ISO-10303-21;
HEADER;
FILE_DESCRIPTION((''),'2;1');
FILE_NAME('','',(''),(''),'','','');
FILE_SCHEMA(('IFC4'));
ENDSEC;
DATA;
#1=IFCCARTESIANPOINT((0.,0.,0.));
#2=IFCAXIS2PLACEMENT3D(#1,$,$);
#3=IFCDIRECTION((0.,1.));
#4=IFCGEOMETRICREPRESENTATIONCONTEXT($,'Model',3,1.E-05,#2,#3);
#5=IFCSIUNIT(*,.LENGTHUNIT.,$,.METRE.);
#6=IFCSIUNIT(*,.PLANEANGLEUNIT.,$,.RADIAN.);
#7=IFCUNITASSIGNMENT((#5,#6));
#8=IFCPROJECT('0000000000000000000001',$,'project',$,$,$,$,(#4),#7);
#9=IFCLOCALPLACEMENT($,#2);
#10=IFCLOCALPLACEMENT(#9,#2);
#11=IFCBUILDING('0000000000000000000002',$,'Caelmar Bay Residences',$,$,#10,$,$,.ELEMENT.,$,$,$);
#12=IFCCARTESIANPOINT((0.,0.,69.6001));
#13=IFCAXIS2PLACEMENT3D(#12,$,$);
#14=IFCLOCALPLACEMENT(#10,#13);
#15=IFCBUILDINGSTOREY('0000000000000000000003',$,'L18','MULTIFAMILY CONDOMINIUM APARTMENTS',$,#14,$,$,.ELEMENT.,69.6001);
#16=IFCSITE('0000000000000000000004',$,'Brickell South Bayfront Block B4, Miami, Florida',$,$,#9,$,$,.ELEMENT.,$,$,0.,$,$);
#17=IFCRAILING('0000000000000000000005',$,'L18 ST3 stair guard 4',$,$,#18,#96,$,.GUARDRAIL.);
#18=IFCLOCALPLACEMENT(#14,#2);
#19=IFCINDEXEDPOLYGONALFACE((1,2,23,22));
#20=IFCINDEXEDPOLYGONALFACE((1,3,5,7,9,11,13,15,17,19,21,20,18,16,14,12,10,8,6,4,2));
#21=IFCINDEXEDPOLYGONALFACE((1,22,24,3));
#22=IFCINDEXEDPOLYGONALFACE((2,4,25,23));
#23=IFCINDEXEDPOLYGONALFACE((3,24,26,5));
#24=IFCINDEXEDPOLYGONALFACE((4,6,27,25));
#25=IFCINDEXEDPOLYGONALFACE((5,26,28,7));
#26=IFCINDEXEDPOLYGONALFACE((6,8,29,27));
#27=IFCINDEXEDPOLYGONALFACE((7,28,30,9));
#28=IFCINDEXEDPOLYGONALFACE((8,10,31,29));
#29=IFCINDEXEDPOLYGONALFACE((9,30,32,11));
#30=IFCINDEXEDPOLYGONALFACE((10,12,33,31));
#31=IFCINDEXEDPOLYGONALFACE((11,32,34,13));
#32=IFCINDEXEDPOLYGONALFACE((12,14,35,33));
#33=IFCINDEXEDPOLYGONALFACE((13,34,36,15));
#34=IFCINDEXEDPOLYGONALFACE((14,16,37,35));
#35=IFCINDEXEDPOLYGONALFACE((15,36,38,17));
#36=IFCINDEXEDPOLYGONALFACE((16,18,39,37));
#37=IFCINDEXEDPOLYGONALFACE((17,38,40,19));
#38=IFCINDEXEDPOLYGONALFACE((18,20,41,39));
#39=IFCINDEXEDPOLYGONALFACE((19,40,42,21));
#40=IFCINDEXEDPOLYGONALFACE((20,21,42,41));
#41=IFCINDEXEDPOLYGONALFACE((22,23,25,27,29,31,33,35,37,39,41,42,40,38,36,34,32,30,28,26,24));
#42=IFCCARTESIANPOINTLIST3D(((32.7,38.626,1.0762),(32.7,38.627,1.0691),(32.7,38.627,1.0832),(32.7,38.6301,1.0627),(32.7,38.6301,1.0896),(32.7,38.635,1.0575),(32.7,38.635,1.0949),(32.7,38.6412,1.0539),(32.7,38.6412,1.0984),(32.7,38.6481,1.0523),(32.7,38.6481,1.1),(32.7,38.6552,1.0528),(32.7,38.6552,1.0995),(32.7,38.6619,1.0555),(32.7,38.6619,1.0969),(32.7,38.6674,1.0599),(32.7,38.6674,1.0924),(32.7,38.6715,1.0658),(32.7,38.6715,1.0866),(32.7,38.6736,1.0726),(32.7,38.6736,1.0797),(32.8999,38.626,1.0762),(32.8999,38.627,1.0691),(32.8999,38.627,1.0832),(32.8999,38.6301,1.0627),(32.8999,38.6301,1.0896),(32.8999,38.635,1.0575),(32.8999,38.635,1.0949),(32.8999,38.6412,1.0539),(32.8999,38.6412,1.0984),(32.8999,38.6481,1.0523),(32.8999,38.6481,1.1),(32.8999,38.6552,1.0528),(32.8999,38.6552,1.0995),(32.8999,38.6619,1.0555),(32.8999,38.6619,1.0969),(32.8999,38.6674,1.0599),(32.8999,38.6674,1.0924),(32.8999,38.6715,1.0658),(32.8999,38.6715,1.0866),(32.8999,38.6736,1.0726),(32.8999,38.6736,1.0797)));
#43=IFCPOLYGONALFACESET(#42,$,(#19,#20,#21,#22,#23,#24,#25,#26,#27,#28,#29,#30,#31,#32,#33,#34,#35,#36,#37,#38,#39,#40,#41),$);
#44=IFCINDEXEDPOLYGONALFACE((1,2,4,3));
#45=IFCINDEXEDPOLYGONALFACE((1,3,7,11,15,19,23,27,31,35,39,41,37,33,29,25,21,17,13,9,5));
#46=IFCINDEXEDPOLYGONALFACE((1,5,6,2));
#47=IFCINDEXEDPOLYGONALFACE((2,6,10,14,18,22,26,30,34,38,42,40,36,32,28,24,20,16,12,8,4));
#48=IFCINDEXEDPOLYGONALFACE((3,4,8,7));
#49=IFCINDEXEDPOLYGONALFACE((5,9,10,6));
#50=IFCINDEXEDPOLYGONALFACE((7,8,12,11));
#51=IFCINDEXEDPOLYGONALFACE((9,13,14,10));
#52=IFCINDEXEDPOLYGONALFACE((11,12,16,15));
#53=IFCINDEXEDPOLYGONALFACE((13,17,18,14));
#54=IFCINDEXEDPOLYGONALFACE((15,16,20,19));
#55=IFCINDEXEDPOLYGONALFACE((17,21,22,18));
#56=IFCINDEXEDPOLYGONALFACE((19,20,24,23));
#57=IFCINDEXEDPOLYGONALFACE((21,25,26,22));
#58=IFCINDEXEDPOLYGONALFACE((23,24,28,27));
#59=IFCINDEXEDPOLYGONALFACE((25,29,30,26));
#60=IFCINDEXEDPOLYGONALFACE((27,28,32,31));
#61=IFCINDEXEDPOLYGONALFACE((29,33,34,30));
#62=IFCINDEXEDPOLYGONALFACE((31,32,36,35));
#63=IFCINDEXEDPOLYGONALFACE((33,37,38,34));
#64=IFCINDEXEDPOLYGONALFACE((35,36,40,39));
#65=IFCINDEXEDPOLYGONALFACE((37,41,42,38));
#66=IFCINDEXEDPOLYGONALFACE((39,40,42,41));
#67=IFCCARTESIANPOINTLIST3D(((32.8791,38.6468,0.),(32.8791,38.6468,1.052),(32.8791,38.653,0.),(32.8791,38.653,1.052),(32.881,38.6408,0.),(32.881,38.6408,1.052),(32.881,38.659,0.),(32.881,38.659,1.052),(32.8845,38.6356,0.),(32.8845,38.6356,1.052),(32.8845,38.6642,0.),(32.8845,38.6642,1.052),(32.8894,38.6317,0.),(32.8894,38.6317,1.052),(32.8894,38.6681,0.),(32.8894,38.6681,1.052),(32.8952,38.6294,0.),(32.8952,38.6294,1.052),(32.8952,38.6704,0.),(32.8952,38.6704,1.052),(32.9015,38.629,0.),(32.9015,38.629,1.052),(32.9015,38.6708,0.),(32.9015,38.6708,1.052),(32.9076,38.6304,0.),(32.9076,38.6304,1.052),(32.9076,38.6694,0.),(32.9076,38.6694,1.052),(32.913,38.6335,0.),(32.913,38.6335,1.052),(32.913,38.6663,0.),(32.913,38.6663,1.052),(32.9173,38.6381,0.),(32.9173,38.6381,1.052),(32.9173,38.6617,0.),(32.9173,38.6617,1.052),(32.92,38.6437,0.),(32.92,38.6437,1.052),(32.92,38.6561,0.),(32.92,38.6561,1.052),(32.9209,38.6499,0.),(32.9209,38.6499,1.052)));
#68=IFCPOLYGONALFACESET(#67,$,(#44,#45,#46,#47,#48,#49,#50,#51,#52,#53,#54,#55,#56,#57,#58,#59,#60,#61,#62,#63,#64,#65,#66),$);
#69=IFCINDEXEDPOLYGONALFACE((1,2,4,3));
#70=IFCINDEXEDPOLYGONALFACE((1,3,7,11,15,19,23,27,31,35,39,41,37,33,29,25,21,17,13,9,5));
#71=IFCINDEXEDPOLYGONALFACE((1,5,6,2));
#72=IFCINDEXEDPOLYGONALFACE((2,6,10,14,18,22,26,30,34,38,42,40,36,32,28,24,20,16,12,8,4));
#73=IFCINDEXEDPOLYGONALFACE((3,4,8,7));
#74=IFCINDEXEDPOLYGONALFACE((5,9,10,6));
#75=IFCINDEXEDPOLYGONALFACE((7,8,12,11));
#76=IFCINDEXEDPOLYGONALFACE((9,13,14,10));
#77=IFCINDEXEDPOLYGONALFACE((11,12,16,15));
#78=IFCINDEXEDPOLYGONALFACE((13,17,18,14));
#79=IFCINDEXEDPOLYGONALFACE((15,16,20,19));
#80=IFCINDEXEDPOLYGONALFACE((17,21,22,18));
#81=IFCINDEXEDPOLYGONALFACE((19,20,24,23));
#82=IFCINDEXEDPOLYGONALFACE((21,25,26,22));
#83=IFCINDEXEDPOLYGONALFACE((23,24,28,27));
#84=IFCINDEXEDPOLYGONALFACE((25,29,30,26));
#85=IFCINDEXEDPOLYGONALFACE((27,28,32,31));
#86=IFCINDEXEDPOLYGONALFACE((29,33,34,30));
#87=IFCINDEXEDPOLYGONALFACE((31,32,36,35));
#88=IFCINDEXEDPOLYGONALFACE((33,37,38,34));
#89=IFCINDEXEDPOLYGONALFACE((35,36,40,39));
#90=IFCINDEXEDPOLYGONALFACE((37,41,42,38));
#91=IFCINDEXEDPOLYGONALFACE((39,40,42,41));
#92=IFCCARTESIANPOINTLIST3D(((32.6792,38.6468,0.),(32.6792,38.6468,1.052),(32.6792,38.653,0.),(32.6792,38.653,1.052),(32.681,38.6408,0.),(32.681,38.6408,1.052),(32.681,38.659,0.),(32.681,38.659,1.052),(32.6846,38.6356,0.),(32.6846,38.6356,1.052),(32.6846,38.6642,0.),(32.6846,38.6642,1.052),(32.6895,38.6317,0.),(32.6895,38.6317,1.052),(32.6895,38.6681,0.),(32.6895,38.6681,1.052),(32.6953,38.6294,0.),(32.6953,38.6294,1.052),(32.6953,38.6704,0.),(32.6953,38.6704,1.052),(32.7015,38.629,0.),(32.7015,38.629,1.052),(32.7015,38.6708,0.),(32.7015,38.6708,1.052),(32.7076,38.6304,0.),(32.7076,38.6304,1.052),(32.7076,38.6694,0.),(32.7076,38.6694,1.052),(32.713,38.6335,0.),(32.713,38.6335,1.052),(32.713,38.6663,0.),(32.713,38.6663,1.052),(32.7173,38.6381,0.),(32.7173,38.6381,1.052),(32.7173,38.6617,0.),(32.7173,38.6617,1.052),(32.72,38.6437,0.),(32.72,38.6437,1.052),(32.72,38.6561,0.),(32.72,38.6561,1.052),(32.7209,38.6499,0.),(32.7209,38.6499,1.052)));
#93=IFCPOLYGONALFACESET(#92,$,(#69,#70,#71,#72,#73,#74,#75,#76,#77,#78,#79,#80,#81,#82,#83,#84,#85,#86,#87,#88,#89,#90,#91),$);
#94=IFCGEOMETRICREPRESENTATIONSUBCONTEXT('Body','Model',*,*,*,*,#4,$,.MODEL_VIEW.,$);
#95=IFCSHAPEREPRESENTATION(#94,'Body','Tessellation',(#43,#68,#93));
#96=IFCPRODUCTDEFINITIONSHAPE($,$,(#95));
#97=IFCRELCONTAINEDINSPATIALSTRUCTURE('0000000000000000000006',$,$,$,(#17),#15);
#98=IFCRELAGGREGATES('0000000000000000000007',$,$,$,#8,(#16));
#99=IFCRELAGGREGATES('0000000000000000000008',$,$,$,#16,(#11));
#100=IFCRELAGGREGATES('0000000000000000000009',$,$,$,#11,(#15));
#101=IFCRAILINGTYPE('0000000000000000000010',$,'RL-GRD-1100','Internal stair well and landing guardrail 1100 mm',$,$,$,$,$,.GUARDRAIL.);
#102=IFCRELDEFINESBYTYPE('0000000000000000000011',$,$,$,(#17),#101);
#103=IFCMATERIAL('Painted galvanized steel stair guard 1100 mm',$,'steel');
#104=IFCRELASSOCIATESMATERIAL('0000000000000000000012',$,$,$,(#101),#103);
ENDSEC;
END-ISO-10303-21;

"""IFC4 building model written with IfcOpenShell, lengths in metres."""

from ifc_helpers import new_model, si_unit, direction, frame, origin, origin_2d, place, context, subcontext, project, spatial, circle, extrude, material, type_object, element, save


model = new_model("IFC4")

# Units and contexts
model_context = context("Model", 3, precision=1e-05, world=origin(), true_north=direction((0.0, 1.0)))
body_context = subcontext(model_context, "Body", "Model", "MODEL_VIEW")
ifc_project = project(units=[si_unit("LENGTHUNIT", "METRE"), si_unit("PLANEANGLEUNIT", "RADIAN")], contexts=[model_context])

# Site, building, storey
site_placement = place(None, origin())
site = spatial("IfcSite", under=ifc_project, at=site_placement, Name="Brickell South Bayfront Block B4, Miami, Florida", CompositionType="ELEMENT", RefElevation=0.0)
building_placement = place(site_placement, origin())
building = spatial("IfcBuilding", under=site, at=building_placement, Name="Caelmar Bay Residences", CompositionType="ELEMENT")
storey_placement = place(building_placement, frame((0.0, 0.0, 69.6001)))
storey = spatial("IfcBuildingStorey", under=building, at=storey_placement, Name="L18", Description="MULTIFAMILY CONDOMINIUM APARTMENTS", CompositionType="ELEMENT", Elevation=69.6001)

# Railing
ifc_material_1 = material(Name="Painted galvanized steel stair guard 1100 mm", Category="steel")
railing_type_1 = type_object("IfcRailingType", Name="RL-GRD-1100", Description="Internal stair well and landing guardrail 1100 mm", PredefinedType="GUARDRAIL", material=ifc_material_1)
railing_1_placement = place(storey_placement, frame((32.8999, 38.6499, 0.0)))
element("IfcRailing", 1, at=railing_1_placement, inside=storey, type_object=railing_type_1, Name="L18 ST3 stair guard 4", PredefinedType="GUARDRAIL", context=body_context, shape_type="SweptSolid", body=[
    extrude(circle(Radius=0.0239, at=origin_2d()), frame((0.0, 0.0, 1.0762), z_axis=(-1.0, 0.0, 0.0), x_axis=(0.0, -1.0, 0.0)), (0.0, 0.0, 1.0), 0.2),
    extrude(circle(Radius=0.021, at=origin_2d()), origin(), (0.0, 0.0, 1.0), 1.052),
    extrude(circle(Radius=0.021, at=origin_2d()), frame((-0.2, 0.0, 0.0)), (0.0, 0.0, 1.0), 1.052),
])

save(model, "model.ifc")
